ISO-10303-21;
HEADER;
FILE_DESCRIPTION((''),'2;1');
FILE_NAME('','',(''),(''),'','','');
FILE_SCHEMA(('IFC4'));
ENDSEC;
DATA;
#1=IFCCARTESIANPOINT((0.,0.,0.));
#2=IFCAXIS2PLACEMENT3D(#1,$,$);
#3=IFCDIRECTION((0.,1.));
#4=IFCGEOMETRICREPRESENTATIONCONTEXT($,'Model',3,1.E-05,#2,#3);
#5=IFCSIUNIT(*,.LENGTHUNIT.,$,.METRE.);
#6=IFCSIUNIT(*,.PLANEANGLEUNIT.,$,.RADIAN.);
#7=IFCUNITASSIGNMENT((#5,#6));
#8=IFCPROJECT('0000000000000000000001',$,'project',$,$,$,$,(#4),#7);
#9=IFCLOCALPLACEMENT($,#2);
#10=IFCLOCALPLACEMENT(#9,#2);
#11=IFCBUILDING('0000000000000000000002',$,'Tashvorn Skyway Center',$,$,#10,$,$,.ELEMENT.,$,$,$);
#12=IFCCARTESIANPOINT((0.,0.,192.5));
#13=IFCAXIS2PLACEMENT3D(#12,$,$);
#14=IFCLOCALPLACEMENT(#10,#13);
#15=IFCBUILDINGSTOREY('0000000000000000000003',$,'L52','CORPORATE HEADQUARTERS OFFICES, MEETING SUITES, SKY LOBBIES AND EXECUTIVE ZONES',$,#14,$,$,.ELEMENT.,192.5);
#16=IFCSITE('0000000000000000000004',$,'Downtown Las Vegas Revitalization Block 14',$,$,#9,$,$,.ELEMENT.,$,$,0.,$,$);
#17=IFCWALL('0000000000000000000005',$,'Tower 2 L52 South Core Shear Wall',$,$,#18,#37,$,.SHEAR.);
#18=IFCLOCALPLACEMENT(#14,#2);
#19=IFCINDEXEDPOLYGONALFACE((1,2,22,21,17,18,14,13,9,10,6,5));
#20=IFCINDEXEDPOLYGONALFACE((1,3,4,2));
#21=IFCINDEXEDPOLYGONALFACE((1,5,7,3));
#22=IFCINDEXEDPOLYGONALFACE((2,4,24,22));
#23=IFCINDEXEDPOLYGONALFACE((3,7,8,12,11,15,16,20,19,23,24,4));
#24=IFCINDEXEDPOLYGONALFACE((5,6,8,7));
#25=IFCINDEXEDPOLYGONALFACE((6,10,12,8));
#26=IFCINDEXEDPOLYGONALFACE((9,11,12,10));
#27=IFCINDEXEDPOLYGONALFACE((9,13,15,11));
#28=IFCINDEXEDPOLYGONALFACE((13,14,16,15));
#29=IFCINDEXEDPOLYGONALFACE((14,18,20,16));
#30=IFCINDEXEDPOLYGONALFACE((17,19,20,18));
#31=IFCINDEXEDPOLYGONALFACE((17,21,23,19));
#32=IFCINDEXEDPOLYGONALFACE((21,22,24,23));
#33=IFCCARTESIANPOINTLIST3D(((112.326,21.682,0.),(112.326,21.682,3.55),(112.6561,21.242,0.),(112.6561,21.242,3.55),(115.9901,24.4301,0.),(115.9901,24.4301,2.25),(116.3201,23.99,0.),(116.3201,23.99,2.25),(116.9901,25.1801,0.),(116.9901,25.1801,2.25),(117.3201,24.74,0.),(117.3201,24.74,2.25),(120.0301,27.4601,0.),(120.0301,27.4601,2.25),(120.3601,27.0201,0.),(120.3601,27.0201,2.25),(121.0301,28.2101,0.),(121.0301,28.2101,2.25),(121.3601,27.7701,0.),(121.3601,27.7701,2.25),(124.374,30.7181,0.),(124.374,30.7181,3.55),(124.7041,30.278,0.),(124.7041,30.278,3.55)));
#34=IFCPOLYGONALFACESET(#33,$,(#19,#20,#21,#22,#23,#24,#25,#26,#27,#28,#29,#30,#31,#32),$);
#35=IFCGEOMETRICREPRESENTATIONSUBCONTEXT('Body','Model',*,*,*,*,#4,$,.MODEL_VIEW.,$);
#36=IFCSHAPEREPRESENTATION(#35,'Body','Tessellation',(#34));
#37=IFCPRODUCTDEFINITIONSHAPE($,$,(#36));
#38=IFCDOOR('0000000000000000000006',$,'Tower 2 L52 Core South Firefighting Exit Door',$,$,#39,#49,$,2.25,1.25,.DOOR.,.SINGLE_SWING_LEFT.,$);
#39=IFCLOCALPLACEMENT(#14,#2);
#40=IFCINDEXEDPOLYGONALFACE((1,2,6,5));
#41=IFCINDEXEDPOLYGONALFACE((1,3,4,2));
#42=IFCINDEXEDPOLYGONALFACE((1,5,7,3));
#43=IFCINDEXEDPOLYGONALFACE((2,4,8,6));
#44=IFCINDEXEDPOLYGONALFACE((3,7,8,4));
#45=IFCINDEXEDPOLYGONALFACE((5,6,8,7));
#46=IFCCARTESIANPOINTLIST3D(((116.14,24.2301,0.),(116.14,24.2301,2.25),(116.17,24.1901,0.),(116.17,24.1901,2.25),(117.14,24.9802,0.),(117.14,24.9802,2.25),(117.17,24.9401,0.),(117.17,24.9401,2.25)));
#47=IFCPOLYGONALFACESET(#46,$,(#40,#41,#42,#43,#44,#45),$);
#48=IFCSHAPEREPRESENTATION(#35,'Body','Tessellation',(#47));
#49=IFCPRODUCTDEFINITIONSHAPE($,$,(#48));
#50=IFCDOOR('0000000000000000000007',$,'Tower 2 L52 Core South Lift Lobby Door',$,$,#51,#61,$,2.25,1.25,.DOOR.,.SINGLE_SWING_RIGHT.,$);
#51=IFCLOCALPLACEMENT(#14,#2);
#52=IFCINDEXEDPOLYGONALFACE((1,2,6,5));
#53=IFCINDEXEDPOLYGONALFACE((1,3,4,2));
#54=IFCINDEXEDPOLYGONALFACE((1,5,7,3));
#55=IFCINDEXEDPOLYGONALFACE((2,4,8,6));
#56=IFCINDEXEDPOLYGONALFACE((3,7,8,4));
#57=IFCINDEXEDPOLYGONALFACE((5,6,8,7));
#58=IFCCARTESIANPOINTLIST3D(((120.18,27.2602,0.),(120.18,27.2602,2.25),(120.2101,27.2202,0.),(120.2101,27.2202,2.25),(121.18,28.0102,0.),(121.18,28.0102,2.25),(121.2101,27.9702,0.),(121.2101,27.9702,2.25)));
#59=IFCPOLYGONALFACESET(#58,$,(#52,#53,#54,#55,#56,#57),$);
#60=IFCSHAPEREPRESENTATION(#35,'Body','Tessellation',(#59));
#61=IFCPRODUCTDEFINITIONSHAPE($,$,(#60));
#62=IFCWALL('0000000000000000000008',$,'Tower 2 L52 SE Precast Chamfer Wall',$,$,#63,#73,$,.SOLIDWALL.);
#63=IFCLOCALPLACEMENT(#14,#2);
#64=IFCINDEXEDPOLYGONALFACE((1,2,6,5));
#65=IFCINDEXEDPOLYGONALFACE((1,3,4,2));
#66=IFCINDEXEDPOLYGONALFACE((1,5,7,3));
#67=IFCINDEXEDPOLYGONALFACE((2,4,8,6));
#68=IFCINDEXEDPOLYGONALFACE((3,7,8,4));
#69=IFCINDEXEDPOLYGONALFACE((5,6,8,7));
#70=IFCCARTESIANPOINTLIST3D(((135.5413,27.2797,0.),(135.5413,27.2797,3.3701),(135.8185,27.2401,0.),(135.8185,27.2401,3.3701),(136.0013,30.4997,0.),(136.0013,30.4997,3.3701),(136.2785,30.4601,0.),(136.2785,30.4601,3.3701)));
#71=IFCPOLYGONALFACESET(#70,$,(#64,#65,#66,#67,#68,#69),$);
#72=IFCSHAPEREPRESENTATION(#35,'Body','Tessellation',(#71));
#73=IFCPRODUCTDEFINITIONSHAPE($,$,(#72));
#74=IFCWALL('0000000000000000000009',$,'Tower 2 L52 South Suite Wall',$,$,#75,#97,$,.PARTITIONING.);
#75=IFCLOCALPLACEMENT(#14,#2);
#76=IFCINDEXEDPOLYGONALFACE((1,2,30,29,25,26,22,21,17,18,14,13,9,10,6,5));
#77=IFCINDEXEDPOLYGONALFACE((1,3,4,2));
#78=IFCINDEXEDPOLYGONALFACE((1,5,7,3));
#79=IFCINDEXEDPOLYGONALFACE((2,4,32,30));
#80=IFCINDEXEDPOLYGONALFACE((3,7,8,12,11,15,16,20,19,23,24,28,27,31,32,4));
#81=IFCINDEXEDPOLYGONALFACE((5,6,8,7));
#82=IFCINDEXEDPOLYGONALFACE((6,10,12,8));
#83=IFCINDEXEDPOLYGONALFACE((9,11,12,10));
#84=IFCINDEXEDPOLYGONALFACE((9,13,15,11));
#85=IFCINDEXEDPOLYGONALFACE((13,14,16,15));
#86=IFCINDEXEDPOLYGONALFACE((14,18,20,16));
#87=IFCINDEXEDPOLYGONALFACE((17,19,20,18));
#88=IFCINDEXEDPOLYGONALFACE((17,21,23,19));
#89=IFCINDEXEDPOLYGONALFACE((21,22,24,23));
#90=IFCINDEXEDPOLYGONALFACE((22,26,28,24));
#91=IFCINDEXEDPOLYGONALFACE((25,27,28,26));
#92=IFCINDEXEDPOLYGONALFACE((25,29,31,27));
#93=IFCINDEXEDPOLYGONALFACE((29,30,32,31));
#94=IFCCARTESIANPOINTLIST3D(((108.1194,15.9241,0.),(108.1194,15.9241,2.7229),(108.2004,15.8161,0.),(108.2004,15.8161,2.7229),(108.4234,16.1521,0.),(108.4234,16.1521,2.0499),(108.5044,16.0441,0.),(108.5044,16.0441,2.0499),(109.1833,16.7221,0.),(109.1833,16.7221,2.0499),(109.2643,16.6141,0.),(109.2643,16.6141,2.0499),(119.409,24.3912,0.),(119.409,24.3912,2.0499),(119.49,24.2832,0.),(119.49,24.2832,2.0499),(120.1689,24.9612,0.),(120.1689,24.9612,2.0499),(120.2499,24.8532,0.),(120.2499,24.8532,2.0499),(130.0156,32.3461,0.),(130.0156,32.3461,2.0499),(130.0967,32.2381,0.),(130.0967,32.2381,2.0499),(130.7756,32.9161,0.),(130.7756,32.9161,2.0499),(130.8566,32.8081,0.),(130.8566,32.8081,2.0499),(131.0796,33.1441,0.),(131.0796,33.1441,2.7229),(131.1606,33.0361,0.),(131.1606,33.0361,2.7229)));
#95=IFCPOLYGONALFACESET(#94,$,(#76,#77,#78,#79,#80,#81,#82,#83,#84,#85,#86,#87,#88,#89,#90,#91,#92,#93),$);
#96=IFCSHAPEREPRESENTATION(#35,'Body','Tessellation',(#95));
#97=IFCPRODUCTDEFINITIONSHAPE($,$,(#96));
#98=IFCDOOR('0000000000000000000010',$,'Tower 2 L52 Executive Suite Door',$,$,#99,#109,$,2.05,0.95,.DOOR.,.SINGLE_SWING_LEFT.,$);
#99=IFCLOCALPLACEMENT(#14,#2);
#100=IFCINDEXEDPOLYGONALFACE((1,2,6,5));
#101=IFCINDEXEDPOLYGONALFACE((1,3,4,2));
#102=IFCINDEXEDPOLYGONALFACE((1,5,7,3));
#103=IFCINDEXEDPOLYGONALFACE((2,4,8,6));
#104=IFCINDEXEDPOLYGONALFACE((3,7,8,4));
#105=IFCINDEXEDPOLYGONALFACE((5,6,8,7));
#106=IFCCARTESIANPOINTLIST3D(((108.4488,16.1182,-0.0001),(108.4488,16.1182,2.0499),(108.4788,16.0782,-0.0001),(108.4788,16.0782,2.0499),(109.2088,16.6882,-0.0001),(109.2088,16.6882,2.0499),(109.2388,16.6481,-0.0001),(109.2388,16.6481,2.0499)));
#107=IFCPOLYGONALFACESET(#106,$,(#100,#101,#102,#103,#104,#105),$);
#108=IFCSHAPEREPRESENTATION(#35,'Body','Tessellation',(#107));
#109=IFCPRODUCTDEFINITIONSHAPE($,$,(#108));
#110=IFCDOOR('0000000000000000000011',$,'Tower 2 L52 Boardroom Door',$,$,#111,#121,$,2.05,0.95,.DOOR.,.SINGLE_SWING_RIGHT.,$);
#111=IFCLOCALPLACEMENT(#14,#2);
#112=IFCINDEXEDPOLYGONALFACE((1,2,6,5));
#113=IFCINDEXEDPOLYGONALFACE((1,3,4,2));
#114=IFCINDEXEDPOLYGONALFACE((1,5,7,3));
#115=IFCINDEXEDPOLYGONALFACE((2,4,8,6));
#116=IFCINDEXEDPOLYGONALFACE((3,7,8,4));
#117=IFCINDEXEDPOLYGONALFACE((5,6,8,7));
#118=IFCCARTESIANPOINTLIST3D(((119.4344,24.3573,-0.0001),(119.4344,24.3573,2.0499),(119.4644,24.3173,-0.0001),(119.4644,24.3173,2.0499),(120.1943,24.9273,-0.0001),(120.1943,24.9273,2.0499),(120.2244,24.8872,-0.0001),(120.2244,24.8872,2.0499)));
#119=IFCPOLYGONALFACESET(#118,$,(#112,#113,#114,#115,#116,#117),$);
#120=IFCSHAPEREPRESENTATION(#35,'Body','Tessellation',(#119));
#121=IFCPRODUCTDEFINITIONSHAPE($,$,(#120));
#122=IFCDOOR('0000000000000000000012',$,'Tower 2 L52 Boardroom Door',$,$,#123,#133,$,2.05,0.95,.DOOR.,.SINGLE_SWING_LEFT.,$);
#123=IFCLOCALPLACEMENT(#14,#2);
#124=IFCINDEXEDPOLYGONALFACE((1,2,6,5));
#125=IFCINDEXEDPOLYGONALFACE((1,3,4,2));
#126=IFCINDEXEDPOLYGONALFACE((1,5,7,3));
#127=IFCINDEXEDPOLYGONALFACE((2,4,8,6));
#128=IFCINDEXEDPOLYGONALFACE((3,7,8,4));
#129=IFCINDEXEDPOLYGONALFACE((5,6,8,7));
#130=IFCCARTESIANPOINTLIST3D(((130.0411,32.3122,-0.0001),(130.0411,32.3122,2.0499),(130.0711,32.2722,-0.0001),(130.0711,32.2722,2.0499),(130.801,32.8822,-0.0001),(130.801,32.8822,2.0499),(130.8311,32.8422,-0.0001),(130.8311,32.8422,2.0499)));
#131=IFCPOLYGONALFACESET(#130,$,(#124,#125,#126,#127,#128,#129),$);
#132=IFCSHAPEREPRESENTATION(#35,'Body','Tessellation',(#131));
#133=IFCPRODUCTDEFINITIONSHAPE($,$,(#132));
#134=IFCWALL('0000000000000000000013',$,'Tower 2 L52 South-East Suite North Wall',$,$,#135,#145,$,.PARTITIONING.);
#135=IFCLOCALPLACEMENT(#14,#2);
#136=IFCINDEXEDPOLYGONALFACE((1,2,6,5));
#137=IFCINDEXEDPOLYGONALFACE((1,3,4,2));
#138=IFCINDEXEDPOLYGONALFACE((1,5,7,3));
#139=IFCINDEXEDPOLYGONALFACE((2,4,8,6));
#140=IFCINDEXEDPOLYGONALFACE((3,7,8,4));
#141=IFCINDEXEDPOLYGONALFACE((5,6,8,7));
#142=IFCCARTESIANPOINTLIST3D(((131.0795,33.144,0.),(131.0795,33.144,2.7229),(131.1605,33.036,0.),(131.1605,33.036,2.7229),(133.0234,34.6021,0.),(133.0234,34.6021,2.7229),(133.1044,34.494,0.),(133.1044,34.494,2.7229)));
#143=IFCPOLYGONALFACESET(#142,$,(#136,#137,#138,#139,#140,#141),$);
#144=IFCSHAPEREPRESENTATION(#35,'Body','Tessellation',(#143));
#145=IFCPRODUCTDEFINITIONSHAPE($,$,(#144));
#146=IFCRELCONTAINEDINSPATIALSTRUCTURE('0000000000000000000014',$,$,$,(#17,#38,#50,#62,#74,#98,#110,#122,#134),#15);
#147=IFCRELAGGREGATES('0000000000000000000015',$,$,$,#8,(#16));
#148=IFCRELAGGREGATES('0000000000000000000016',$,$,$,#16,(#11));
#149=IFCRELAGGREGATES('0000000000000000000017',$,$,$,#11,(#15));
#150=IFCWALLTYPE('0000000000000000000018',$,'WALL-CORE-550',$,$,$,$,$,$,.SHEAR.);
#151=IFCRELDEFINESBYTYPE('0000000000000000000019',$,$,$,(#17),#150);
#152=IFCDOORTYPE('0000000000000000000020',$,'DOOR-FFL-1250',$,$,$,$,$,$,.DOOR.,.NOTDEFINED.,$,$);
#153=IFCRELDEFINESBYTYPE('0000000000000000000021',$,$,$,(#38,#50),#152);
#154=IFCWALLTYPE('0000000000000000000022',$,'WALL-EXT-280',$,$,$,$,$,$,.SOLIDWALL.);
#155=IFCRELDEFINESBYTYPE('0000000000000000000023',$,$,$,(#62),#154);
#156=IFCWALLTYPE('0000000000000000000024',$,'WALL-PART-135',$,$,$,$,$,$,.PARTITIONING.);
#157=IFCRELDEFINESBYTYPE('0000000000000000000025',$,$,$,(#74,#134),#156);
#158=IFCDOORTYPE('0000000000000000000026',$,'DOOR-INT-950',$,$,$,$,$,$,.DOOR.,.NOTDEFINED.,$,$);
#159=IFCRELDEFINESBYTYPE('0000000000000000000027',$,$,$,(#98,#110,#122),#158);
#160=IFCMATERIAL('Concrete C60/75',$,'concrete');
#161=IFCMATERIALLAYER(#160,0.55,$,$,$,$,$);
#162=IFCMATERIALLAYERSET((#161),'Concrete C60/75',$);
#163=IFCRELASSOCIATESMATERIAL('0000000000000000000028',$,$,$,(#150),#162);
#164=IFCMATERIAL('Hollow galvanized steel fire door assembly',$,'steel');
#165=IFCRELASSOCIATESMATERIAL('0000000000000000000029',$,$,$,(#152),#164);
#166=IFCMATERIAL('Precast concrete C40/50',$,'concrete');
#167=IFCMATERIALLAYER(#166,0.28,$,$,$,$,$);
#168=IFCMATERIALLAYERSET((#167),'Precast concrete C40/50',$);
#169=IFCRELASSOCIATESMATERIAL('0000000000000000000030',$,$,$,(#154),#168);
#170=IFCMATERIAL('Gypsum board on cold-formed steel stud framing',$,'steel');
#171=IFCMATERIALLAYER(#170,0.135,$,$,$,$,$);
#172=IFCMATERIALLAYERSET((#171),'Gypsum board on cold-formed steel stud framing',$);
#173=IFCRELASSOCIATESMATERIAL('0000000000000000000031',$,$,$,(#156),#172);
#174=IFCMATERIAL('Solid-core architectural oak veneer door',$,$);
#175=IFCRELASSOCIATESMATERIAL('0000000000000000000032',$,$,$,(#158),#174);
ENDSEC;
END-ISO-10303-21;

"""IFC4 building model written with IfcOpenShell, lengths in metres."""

from ifc_helpers import new_model, si_unit, direction, frame, frame_2d, origin, place, context, subcontext, project, spatial, rectangle, extrude, material, layer, layer_set, type_object, element, fill, save


model = new_model("IFC4")

# Units and contexts
model_context = context("Model", 3, precision=1e-05, world=origin(), true_north=direction((0.0, 1.0)))
body_context = subcontext(model_context, "Body", "Model", "MODEL_VIEW")
ifc_project = project(units=[si_unit("LENGTHUNIT", "METRE"), si_unit("PLANEANGLEUNIT", "RADIAN")], contexts=[model_context])

# Site, building, storey
site_placement = place(None, origin())
site = spatial("IfcSite", under=ifc_project, at=site_placement, Name="Downtown Las Vegas Revitalization Block 14", CompositionType="ELEMENT", RefElevation=0.0)
building_placement = place(site_placement, origin())
building = spatial("IfcBuilding", under=site, at=building_placement, Name="Tashvorn Skyway Center", CompositionType="ELEMENT")
storey_placement = place(building_placement, frame((0.0, 0.0, 192.5)))
storey = spatial("IfcBuildingStorey", under=building, at=storey_placement, Name="L52", Description="CORPORATE HEADQUARTERS OFFICES, MEETING SUITES, SKY LOBBIES AND EXECUTIVE ZONES", CompositionType="ELEMENT", Elevation=192.5)

# Wall, openings, doors
ifc_material_1 = material(Name="Concrete C60/75", Category="concrete")
ifc_layer_1 = layer(ifc_material_1, 0.55)
ifc_layer_set_1 = layer_set([ifc_layer_1], Name="Concrete C60/75")
wall_type_1 = type_object("IfcWallType", Name="WALL-CORE-550", PredefinedType="SHEAR", material=ifc_layer_set_1)
wall_1_placement = place(storey_placement, frame((124.5391, 30.498, 0.0), z_axis=(0.0, 0.0, 1.0), x_axis=(-0.799998, -0.600003, 0.0)))
wall_1 = element("IfcWall", 1, at=wall_1_placement, inside=storey, type_object=wall_type_1, Name="Tower 2 L52 South Core Shear Wall", PredefinedType="SHEAR", context=body_context, shape_type="SweptSolid", body=[
    extrude(rectangle(XDim=15.0601, YDim=0.55, at=frame_2d((7.53, 0.0))), origin(), (0.0, 0.0, 1.0), 3.55),
])
opening_1_placement = place(wall_1_placement, frame((9.23, 0.0, 0.0)))
opening_1 = element("IfcOpeningElement", 2, at=opening_1_placement, cuts=wall_1, PredefinedType="OPENING", context=body_context, shape_type="SweptSolid", body=[
    extrude(rectangle(XDim=1.25, YDim=2.25, at=frame_2d((0.625, 1.125))), frame((0.0, 0.2849, 0.0), z_axis=(0.0, -1.0, 0.0), x_axis=(1.0, 0.0, 0.0)), (0.0, 0.0, 1.0), 0.5701),
])
opening_2_placement = place(wall_1_placement, frame((4.1799, 0.0, 0.0)))
opening_2 = element("IfcOpeningElement", 3, at=opening_2_placement, cuts=wall_1, PredefinedType="OPENING", context=body_context, shape_type="SweptSolid", body=[
    extrude(rectangle(XDim=1.25, YDim=2.25, at=frame_2d((0.625, 1.125))), frame((0.0, 0.2849, 0.0), z_axis=(0.0, -1.0, 0.0), x_axis=(1.0, 0.0, 0.0)), (0.0, 0.0, 1.0), 0.5701),
])
ifc_material_2 = material(Name="Hollow galvanized steel fire door assembly", Category="steel")
door_type_1 = type_object("IfcDoorType", Name="DOOR-FFL-1250", OperationType="NOTDEFINED", PredefinedType="DOOR", material=ifc_material_2)
door_1_placement = place(opening_1_placement, origin())
door_1 = element("IfcDoor", 4, at=door_1_placement, inside=storey, type_object=door_type_1, Name="Tower 2 L52 Core South Firefighting Exit Door", OperationType="SINGLE_SWING_LEFT", OverallHeight=2.25, OverallWidth=1.25, PredefinedType="DOOR", context=body_context, shape_type="SweptSolid", body=[
    extrude(rectangle(XDim=1.25, YDim=2.25, at=frame_2d((0.625, 1.125))), frame((0.0, 0.0249, 0.0), z_axis=(0.0, -1.0, 0.0), x_axis=(1.0, 0.0, 0.0)), (0.0, 0.0, 1.0), 0.05),
])
fill(opening_1, door_1)
door_2_placement = place(opening_2_placement, origin())
door_2 = element("IfcDoor", 5, at=door_2_placement, inside=storey, type_object=door_type_1, Name="Tower 2 L52 Core South Lift Lobby Door", OperationType="SINGLE_SWING_RIGHT", OverallHeight=2.25, OverallWidth=1.25, PredefinedType="DOOR", context=body_context, shape_type="SweptSolid", body=[
    extrude(rectangle(XDim=1.25, YDim=2.25, at=frame_2d((0.625, 1.125))), frame((0.0, 0.0249, 0.0), z_axis=(0.0, -1.0, 0.0), x_axis=(1.0, 0.0, 0.0)), (0.0, 0.0, 1.0), 0.05),
])
fill(opening_2, door_2)

# Wall
ifc_material_3 = material(Name="Precast concrete C40/50", Category="concrete")
ifc_layer_2 = layer(ifc_material_3, 0.28)
ifc_layer_set_2 = layer_set([ifc_layer_2], Name="Precast concrete C40/50")
wall_type_2 = type_object("IfcWallType", Name="WALL-EXT-280", PredefinedType="SOLIDWALL", material=ifc_layer_set_2)
wall_2_placement = place(storey_placement, frame((136.1399, 30.48, 0.0), z_axis=(0.0, 0.0, 1.0), x_axis=(-0.141411, -0.989951, 0.0)))
element("IfcWall", 6, at=wall_2_placement, inside=storey, type_object=wall_type_2, Name="Tower 2 L52 SE Precast Chamfer Wall", PredefinedType="SOLIDWALL", context=body_context, shape_type="SweptSolid", body=[
    extrude(rectangle(XDim=3.2527, YDim=0.28, at=frame_2d((1.6265, 0.0))), origin(), (0.0, 0.0, 1.0), 3.3701),
])

# Wall, openings, doors
ifc_material_4 = material(Name="Gypsum board on cold-formed steel stud framing", Category="steel")
ifc_layer_3 = layer(ifc_material_4, 0.135)
ifc_layer_set_3 = layer_set([ifc_layer_3], Name="Gypsum board on cold-formed steel stud framing")
wall_type_3 = type_object("IfcWallType", Name="WALL-PART-135", PredefinedType="PARTITIONING", material=ifc_layer_set_3)
wall_3_placement = place(storey_placement, frame((131.1201, 33.0901, 0.0), z_axis=(0.0, 0.0, 1.0), x_axis=(-0.800003, -0.599996, 0.0)))
wall_3 = element("IfcWall", 7, at=wall_3_placement, inside=storey, type_object=wall_type_3, Name="Tower 2 L52 South Suite Wall", PredefinedType="PARTITIONING", context=body_context, shape_type="SweptSolid", body=[
    extrude(rectangle(XDim=28.7002, YDim=0.135, at=frame_2d((14.3501, 0.0))), origin(), (0.0, 0.0, 1.0), 2.7229),
])
opening_3_placement = place(wall_3_placement, frame((27.3701, 0.0, 0.0)))
opening_3 = element("IfcOpeningElement", 8, at=opening_3_placement, cuts=wall_3, PredefinedType="OPENING", context=body_context, shape_type="SweptSolid", body=[
    extrude(rectangle(XDim=0.95, YDim=2.05, at=frame_2d((0.4751, 1.0249))), frame((0.0, 0.0774, 0.0), z_axis=(0.0, -1.0, 0.0), x_axis=(1.0, 0.0, 0.0)), (0.0, 0.0, 1.0), 0.155),
])
opening_4_placement = place(wall_3_placement, frame((13.6382, 0.0, 0.0)))
opening_4 = element("IfcOpeningElement", 9, at=opening_4_placement, cuts=wall_3, PredefinedType="OPENING", context=body_context, shape_type="SweptSolid", body=[
    extrude(rectangle(XDim=0.95, YDim=2.05, at=frame_2d((0.4751, 1.0249))), frame((0.0, 0.0774, 0.0), z_axis=(0.0, -1.0, 0.0), x_axis=(1.0, 0.0, 0.0)), (0.0, 0.0, 1.0), 0.155),
])
opening_5_placement = place(wall_3_placement, frame((0.3799, 0.0, 0.0)))
opening_5 = element("IfcOpeningElement", 10, at=opening_5_placement, cuts=wall_3, PredefinedType="OPENING", context=body_context, shape_type="SweptSolid", body=[
    extrude(rectangle(XDim=0.95, YDim=2.05, at=frame_2d((0.4751, 1.0249))), frame((0.0, 0.0774, 0.0), z_axis=(0.0, -1.0, 0.0), x_axis=(1.0, 0.0, 0.0)), (0.0, 0.0, 1.0), 0.155),
])
ifc_material_5 = material(Name="Solid-core architectural oak veneer door")
door_type_2 = type_object("IfcDoorType", Name="DOOR-INT-950", OperationType="NOTDEFINED", PredefinedType="DOOR", material=ifc_material_5)
door_3_placement = place(opening_3_placement, origin())
door_3 = element("IfcDoor", 11, at=door_3_placement, inside=storey, type_object=door_type_2, Name="Tower 2 L52 Executive Suite Door", OperationType="SINGLE_SWING_LEFT", OverallHeight=2.05, OverallWidth=0.95, PredefinedType="DOOR", context=body_context, shape_type="SweptSolid", body=[
    extrude(rectangle(XDim=0.95, YDim=2.05, at=frame_2d((0.4751, 1.0249))), frame((0.0, 0.0249, 0.0), z_axis=(0.0, -1.0, 0.0), x_axis=(1.0, 0.0, 0.0)), (0.0, 0.0, 1.0), 0.05),
])
fill(opening_3, door_3)
door_4_placement = place(opening_4_placement, origin())
door_4 = element("IfcDoor", 12, at=door_4_placement, inside=storey, type_object=door_type_2, Name="Tower 2 L52 Boardroom Door", OperationType="SINGLE_SWING_RIGHT", OverallHeight=2.05, OverallWidth=0.95, PredefinedType="DOOR", context=body_context, shape_type="SweptSolid", body=[
    extrude(rectangle(XDim=0.95, YDim=2.05, at=frame_2d((0.4751, 1.0249))), frame((0.0, 0.0249, 0.0), z_axis=(0.0, -1.0, 0.0), x_axis=(1.0, 0.0, 0.0)), (0.0, 0.0, 1.0), 0.05),
])
fill(opening_4, door_4)
door_5_placement = place(opening_5_placement, origin())
door_5 = element("IfcDoor", 13, at=door_5_placement, inside=storey, type_object=door_type_2, Name="Tower 2 L52 Boardroom Door", OperationType="SINGLE_SWING_LEFT", OverallHeight=2.05, OverallWidth=0.95, PredefinedType="DOOR", context=body_context, shape_type="SweptSolid", body=[
    extrude(rectangle(XDim=0.95, YDim=2.05, at=frame_2d((0.4751, 1.0249))), frame((0.0, 0.0249, 0.0), z_axis=(0.0, -1.0, 0.0), x_axis=(1.0, 0.0, 0.0)), (0.0, 0.0, 1.0), 0.05),
])
fill(opening_5, door_5)

# Wall
wall_4_placement = place(storey_placement, frame((131.1201, 33.0901, 0.0), z_axis=(0.0, 0.0, 1.0), x_axis=(0.799976, 0.600032, 0.0)))
element("IfcWall", 14, at=wall_4_placement, inside=storey, type_object=wall_type_3, Name="Tower 2 L52 South-East Suite North Wall", PredefinedType="PARTITIONING", context=body_context, shape_type="SweptSolid", body=[
    extrude(rectangle(XDim=2.4299, YDim=0.135, at=frame_2d((1.2148, 0.0))), origin(), (0.0, 0.0, 1.0), 2.7229),
])

save(model, "model.ifc")
